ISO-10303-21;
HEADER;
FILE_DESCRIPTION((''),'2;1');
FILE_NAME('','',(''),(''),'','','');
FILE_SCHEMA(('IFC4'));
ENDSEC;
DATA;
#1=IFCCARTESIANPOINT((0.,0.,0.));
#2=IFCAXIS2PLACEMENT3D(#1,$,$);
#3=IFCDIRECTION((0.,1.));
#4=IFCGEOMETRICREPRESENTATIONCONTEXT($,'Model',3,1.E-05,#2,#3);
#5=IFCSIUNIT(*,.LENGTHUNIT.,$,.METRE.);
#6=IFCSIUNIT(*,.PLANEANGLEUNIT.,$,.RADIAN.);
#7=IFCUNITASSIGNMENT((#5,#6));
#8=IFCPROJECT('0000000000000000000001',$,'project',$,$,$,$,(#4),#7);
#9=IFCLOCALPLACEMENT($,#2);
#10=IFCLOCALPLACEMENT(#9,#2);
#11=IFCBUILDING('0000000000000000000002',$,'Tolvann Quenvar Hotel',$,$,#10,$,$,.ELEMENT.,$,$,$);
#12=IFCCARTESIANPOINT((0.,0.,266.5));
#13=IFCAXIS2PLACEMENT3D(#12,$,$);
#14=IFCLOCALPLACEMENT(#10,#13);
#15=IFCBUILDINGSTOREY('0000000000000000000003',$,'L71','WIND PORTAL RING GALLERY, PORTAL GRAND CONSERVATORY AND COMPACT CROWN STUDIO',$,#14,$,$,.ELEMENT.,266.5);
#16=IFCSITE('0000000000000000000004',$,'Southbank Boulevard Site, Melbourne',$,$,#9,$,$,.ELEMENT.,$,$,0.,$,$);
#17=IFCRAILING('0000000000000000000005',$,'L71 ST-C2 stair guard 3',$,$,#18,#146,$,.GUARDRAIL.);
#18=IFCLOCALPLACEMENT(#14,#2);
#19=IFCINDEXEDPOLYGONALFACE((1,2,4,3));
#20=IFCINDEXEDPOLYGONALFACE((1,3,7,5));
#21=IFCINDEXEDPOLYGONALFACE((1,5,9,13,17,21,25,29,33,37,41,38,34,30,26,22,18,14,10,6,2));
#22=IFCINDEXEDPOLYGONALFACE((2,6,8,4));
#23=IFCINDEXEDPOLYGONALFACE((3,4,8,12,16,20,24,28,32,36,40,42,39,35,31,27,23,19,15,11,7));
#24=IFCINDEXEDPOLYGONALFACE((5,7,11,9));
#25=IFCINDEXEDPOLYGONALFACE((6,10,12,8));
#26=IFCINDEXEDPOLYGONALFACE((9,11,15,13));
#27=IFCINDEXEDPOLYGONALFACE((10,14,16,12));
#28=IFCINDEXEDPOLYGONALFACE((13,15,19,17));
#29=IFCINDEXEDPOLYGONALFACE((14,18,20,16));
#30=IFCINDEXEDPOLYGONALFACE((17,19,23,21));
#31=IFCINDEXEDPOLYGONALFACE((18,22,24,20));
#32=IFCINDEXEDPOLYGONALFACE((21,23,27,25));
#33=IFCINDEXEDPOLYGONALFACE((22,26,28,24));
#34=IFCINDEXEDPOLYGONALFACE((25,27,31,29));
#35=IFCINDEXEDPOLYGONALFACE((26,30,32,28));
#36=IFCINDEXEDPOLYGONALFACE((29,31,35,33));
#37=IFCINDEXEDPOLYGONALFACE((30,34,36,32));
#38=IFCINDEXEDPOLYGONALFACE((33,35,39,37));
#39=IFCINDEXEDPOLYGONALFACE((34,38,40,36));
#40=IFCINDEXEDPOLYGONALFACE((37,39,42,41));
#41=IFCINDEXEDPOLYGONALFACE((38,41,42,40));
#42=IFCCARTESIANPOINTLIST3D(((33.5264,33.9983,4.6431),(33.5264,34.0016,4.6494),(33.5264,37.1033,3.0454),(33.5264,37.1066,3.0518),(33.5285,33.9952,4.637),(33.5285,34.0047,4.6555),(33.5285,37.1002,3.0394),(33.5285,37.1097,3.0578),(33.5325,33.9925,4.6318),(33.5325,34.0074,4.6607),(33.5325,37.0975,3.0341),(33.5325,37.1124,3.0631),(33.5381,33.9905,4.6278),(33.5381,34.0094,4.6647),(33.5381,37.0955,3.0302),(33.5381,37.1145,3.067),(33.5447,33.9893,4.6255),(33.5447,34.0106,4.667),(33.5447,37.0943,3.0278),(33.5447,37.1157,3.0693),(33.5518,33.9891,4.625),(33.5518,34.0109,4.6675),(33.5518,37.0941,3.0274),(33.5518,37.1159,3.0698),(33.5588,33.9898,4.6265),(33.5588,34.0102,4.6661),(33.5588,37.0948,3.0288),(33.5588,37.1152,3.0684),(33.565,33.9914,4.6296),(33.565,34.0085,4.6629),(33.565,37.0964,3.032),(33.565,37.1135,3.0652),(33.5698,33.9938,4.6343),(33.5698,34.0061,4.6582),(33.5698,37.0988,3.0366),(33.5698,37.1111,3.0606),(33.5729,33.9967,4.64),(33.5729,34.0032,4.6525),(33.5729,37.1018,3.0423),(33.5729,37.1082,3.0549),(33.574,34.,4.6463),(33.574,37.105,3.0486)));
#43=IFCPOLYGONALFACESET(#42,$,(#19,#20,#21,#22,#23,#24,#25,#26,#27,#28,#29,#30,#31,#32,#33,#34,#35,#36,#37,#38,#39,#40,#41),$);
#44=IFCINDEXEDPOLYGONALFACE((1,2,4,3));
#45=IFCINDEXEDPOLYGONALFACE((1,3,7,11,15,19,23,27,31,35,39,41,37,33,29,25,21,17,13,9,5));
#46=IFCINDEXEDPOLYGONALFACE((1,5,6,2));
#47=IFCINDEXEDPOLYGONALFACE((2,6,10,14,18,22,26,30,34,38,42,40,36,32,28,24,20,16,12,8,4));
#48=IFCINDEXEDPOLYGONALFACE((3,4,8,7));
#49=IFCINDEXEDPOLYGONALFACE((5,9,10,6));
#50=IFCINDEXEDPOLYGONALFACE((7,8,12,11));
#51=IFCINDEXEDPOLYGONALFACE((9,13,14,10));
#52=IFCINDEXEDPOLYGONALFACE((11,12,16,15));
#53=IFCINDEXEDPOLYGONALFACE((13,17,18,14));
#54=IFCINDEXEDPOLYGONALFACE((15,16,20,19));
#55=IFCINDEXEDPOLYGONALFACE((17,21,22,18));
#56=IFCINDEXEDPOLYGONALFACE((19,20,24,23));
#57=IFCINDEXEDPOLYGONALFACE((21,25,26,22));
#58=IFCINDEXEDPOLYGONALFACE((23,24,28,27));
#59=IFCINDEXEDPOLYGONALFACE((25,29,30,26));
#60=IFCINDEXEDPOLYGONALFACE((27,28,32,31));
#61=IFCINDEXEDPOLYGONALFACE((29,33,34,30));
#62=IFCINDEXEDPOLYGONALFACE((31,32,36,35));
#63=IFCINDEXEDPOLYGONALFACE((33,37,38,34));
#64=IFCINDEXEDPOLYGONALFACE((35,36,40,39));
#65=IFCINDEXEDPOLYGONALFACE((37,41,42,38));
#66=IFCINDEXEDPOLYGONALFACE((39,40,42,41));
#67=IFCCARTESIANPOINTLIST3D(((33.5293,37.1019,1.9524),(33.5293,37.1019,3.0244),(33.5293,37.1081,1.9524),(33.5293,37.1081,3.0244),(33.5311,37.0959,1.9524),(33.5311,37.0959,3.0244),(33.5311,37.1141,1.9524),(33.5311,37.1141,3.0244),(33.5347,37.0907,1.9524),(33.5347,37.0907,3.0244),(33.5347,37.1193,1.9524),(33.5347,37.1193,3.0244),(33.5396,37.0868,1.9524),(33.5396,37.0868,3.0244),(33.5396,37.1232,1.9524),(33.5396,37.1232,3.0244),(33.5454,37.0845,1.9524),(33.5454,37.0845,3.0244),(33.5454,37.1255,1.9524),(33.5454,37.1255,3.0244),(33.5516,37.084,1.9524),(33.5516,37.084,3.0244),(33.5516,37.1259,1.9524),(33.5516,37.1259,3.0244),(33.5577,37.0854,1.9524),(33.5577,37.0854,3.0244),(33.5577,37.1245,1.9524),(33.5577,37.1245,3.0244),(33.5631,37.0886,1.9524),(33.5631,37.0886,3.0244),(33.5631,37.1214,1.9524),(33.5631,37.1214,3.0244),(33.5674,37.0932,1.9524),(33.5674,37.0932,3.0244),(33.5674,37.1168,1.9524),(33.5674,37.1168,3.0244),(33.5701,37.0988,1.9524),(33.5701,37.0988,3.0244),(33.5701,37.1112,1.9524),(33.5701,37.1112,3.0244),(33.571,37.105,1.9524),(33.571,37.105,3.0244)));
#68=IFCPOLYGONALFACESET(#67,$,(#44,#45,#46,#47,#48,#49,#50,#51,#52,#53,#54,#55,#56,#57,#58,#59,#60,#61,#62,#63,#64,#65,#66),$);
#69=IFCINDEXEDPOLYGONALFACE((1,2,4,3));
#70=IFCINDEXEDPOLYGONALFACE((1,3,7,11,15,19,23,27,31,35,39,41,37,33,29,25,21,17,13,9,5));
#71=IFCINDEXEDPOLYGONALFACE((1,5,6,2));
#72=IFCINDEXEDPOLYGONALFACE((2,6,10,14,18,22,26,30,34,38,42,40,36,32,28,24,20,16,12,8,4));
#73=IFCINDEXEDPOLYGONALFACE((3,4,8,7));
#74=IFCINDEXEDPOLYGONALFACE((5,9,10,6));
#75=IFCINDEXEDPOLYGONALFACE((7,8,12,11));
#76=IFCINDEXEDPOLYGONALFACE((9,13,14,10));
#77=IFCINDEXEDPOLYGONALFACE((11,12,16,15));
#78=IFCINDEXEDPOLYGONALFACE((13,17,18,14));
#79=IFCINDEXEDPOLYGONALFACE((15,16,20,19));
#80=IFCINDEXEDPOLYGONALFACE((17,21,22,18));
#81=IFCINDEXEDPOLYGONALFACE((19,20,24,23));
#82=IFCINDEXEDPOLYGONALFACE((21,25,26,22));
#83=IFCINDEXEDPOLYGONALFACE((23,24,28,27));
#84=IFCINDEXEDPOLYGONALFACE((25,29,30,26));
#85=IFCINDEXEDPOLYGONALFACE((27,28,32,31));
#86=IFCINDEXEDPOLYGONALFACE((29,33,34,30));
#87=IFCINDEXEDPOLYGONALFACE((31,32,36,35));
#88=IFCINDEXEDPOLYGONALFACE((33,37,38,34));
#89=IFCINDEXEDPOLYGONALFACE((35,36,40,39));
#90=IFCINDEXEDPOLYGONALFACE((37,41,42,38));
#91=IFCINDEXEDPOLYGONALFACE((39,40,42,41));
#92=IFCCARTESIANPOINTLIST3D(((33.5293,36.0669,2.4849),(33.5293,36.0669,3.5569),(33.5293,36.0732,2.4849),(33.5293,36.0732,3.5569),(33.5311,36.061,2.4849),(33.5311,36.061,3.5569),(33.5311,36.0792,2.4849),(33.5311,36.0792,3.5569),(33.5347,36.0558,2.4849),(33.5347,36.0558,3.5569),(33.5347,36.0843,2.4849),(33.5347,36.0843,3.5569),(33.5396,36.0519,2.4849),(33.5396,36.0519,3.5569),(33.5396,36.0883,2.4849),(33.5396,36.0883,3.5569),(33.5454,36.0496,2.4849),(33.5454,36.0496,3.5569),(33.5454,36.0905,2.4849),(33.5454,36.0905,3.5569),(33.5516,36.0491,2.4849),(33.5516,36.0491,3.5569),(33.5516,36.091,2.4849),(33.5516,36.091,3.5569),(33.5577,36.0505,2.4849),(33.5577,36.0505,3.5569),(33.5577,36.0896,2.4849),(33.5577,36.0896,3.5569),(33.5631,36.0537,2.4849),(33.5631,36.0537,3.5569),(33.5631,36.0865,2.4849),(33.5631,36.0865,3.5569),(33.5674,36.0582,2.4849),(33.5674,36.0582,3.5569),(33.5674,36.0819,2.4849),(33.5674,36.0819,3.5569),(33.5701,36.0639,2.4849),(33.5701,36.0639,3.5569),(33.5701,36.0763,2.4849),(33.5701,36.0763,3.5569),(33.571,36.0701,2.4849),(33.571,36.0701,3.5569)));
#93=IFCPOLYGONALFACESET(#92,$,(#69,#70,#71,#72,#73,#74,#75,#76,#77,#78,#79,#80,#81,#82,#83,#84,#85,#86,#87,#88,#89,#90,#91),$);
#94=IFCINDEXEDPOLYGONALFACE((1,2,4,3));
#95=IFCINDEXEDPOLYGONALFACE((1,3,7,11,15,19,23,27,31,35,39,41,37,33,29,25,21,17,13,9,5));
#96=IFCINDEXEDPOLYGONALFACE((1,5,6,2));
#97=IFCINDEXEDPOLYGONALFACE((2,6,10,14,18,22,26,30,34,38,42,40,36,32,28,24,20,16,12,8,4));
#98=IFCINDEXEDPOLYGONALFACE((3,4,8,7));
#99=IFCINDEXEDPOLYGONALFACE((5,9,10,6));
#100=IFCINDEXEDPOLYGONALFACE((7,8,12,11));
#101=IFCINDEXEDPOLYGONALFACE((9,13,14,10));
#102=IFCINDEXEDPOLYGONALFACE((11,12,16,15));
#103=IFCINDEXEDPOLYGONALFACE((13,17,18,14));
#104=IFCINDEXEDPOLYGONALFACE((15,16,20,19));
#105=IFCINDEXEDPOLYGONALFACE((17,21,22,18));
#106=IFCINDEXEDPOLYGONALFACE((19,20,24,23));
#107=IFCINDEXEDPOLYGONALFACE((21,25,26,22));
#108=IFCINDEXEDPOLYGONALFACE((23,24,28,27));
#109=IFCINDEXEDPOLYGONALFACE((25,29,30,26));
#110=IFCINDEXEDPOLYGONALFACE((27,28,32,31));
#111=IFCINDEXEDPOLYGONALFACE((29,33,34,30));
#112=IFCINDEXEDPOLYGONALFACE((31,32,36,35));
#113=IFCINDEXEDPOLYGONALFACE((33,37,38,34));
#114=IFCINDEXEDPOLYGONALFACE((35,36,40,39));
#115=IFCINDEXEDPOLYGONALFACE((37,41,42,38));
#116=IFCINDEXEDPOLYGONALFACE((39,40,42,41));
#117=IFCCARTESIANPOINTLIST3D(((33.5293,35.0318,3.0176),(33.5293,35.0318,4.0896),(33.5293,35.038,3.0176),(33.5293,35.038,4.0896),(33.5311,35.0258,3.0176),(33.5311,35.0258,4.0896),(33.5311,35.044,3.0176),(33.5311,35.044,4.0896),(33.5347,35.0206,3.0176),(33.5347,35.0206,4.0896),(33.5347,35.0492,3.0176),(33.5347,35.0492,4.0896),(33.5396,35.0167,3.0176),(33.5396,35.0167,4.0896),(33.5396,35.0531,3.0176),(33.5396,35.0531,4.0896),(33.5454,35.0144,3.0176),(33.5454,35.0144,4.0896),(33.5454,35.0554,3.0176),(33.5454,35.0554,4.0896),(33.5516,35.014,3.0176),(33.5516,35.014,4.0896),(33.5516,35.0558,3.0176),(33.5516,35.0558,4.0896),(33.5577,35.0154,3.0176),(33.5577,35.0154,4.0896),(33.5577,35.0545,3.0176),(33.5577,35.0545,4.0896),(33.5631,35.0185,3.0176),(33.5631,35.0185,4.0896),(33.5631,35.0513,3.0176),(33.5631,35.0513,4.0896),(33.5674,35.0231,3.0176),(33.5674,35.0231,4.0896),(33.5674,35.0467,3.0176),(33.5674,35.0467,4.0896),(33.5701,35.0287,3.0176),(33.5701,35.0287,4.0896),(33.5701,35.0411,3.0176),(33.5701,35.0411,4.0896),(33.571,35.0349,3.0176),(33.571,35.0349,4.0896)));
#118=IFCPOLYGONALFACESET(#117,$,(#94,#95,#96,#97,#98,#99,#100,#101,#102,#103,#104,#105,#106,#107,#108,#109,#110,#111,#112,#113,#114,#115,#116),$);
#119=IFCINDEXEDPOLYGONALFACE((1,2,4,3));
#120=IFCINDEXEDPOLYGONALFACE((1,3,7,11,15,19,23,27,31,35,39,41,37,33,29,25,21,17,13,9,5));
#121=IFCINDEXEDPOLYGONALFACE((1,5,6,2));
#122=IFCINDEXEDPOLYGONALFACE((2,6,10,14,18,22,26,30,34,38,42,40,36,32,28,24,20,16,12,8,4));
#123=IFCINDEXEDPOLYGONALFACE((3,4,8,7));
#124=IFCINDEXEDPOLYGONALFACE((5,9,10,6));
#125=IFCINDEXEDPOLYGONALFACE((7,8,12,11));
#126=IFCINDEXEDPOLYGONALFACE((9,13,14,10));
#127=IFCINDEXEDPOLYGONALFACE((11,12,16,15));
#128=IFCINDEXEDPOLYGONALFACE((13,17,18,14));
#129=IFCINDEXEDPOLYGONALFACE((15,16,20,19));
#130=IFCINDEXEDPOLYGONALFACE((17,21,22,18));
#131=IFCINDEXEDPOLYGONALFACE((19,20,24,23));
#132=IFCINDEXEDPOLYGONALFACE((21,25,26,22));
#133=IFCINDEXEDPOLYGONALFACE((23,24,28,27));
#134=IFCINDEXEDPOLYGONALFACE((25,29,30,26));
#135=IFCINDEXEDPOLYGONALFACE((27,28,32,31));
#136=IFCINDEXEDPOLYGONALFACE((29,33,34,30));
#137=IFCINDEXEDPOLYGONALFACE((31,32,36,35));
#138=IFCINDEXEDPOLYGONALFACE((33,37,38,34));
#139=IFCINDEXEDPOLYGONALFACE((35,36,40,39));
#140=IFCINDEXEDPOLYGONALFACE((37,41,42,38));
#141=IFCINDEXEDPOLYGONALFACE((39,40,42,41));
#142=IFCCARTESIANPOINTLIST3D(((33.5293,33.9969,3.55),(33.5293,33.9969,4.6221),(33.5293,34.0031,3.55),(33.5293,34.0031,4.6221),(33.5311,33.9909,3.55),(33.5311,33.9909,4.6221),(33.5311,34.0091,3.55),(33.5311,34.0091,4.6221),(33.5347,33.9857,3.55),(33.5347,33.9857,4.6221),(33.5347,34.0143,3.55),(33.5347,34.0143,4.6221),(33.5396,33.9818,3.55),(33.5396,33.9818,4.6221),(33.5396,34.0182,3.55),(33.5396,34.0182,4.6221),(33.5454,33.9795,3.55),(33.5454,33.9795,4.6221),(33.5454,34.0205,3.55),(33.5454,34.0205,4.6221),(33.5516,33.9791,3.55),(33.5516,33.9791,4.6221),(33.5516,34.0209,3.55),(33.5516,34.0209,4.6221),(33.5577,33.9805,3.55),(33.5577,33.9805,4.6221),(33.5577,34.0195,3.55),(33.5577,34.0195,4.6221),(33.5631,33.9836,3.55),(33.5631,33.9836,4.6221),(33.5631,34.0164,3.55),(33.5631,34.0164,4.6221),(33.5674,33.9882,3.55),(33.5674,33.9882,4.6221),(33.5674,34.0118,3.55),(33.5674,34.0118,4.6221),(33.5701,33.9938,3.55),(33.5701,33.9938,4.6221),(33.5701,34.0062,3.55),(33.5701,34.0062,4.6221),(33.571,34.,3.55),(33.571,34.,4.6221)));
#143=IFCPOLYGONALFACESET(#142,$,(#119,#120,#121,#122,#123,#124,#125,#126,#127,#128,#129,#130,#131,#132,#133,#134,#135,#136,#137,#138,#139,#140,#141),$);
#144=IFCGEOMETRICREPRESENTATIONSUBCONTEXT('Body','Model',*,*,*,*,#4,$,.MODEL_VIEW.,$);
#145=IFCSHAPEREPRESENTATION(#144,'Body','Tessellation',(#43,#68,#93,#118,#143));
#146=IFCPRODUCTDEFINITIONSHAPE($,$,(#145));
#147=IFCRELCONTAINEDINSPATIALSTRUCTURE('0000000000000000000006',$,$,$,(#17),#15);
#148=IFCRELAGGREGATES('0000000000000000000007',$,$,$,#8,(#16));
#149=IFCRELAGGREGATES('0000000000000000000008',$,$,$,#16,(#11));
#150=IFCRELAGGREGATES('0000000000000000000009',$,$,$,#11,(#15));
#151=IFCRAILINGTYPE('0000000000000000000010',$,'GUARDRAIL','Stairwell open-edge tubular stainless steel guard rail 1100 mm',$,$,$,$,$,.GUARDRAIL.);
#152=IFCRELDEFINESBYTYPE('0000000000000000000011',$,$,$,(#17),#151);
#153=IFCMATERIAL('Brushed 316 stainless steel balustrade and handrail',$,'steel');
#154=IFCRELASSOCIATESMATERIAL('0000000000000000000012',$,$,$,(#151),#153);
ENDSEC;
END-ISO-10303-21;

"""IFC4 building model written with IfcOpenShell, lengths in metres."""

from ifc_helpers import new_model, si_unit, direction, frame, origin, origin_2d, place, context, subcontext, project, spatial, circle, extrude, material, type_object, element, save


model = new_model("IFC4")

# Units and contexts
model_context = context("Model", 3, precision=1e-05, world=origin(), true_north=direction((0.0, 1.0)))
body_context = subcontext(model_context, "Body", "Model", "MODEL_VIEW")
ifc_project = project(units=[si_unit("LENGTHUNIT", "METRE"), si_unit("PLANEANGLEUNIT", "RADIAN")], contexts=[model_context])

# Site, building, storey
site_placement = place(None, origin())
site = spatial("IfcSite", under=ifc_project, at=site_placement, Name="Southbank Boulevard Site, Melbourne", CompositionType="ELEMENT", RefElevation=0.0)
building_placement = place(site_placement, origin())
building = spatial("IfcBuilding", under=site, at=building_placement, Name="Tolvann Quenvar Hotel", CompositionType="ELEMENT")
storey_placement = place(building_placement, frame((0.0, 0.0, 266.5)))
storey = spatial("IfcBuildingStorey", under=building, at=storey_placement, Name="L71", Description="WIND PORTAL RING GALLERY, PORTAL GRAND CONSERVATORY AND COMPACT CROWN STUDIO", CompositionType="ELEMENT", Elevation=266.5)

# Railing
ifc_material_1 = material(Name="Brushed 316 stainless steel balustrade and handrail", Category="steel")
railing_type_1 = type_object("IfcRailingType", Name="GUARDRAIL", Description="Stairwell open-edge tubular stainless steel guard rail 1100 mm", PredefinedType="GUARDRAIL", material=ifc_material_1)
railing_1_placement = place(storey_placement, frame((33.55, 37.105, 1.9524)))
element("IfcRailing", 1, at=railing_1_placement, inside=storey, type_object=railing_type_1, Name="L71 ST-C2 stair guard 3", PredefinedType="GUARDRAIL", context=body_context, shape_type="SweptSolid", body=[
    extrude(circle(Radius=0.0239, at=origin_2d()), frame((0.0, 0.0, 1.0962), z_axis=(0.0, -0.889194, 0.457531), x_axis=(1.0, 0.0, 0.0)), (0.0, 0.0, 1.0), 3.4919),
    extrude(circle(Radius=0.021, at=origin_2d()), origin(), (0.0, 0.0, 1.0), 1.072),
    extrude(circle(Radius=0.021, at=origin_2d()), frame((0.0, -1.0349, 0.5325)), (0.0, 0.0, 1.0), 1.072),
    extrude(circle(Radius=0.021, at=origin_2d()), frame((0.0, -2.0701, 1.0652)), (0.0, 0.0, 1.0), 1.072),
    extrude(circle(Radius=0.021, at=origin_2d()), frame((0.0, -3.105, 1.5977)), (0.0, 0.0, 1.0), 1.072),
])

save(model, "model.ifc")
